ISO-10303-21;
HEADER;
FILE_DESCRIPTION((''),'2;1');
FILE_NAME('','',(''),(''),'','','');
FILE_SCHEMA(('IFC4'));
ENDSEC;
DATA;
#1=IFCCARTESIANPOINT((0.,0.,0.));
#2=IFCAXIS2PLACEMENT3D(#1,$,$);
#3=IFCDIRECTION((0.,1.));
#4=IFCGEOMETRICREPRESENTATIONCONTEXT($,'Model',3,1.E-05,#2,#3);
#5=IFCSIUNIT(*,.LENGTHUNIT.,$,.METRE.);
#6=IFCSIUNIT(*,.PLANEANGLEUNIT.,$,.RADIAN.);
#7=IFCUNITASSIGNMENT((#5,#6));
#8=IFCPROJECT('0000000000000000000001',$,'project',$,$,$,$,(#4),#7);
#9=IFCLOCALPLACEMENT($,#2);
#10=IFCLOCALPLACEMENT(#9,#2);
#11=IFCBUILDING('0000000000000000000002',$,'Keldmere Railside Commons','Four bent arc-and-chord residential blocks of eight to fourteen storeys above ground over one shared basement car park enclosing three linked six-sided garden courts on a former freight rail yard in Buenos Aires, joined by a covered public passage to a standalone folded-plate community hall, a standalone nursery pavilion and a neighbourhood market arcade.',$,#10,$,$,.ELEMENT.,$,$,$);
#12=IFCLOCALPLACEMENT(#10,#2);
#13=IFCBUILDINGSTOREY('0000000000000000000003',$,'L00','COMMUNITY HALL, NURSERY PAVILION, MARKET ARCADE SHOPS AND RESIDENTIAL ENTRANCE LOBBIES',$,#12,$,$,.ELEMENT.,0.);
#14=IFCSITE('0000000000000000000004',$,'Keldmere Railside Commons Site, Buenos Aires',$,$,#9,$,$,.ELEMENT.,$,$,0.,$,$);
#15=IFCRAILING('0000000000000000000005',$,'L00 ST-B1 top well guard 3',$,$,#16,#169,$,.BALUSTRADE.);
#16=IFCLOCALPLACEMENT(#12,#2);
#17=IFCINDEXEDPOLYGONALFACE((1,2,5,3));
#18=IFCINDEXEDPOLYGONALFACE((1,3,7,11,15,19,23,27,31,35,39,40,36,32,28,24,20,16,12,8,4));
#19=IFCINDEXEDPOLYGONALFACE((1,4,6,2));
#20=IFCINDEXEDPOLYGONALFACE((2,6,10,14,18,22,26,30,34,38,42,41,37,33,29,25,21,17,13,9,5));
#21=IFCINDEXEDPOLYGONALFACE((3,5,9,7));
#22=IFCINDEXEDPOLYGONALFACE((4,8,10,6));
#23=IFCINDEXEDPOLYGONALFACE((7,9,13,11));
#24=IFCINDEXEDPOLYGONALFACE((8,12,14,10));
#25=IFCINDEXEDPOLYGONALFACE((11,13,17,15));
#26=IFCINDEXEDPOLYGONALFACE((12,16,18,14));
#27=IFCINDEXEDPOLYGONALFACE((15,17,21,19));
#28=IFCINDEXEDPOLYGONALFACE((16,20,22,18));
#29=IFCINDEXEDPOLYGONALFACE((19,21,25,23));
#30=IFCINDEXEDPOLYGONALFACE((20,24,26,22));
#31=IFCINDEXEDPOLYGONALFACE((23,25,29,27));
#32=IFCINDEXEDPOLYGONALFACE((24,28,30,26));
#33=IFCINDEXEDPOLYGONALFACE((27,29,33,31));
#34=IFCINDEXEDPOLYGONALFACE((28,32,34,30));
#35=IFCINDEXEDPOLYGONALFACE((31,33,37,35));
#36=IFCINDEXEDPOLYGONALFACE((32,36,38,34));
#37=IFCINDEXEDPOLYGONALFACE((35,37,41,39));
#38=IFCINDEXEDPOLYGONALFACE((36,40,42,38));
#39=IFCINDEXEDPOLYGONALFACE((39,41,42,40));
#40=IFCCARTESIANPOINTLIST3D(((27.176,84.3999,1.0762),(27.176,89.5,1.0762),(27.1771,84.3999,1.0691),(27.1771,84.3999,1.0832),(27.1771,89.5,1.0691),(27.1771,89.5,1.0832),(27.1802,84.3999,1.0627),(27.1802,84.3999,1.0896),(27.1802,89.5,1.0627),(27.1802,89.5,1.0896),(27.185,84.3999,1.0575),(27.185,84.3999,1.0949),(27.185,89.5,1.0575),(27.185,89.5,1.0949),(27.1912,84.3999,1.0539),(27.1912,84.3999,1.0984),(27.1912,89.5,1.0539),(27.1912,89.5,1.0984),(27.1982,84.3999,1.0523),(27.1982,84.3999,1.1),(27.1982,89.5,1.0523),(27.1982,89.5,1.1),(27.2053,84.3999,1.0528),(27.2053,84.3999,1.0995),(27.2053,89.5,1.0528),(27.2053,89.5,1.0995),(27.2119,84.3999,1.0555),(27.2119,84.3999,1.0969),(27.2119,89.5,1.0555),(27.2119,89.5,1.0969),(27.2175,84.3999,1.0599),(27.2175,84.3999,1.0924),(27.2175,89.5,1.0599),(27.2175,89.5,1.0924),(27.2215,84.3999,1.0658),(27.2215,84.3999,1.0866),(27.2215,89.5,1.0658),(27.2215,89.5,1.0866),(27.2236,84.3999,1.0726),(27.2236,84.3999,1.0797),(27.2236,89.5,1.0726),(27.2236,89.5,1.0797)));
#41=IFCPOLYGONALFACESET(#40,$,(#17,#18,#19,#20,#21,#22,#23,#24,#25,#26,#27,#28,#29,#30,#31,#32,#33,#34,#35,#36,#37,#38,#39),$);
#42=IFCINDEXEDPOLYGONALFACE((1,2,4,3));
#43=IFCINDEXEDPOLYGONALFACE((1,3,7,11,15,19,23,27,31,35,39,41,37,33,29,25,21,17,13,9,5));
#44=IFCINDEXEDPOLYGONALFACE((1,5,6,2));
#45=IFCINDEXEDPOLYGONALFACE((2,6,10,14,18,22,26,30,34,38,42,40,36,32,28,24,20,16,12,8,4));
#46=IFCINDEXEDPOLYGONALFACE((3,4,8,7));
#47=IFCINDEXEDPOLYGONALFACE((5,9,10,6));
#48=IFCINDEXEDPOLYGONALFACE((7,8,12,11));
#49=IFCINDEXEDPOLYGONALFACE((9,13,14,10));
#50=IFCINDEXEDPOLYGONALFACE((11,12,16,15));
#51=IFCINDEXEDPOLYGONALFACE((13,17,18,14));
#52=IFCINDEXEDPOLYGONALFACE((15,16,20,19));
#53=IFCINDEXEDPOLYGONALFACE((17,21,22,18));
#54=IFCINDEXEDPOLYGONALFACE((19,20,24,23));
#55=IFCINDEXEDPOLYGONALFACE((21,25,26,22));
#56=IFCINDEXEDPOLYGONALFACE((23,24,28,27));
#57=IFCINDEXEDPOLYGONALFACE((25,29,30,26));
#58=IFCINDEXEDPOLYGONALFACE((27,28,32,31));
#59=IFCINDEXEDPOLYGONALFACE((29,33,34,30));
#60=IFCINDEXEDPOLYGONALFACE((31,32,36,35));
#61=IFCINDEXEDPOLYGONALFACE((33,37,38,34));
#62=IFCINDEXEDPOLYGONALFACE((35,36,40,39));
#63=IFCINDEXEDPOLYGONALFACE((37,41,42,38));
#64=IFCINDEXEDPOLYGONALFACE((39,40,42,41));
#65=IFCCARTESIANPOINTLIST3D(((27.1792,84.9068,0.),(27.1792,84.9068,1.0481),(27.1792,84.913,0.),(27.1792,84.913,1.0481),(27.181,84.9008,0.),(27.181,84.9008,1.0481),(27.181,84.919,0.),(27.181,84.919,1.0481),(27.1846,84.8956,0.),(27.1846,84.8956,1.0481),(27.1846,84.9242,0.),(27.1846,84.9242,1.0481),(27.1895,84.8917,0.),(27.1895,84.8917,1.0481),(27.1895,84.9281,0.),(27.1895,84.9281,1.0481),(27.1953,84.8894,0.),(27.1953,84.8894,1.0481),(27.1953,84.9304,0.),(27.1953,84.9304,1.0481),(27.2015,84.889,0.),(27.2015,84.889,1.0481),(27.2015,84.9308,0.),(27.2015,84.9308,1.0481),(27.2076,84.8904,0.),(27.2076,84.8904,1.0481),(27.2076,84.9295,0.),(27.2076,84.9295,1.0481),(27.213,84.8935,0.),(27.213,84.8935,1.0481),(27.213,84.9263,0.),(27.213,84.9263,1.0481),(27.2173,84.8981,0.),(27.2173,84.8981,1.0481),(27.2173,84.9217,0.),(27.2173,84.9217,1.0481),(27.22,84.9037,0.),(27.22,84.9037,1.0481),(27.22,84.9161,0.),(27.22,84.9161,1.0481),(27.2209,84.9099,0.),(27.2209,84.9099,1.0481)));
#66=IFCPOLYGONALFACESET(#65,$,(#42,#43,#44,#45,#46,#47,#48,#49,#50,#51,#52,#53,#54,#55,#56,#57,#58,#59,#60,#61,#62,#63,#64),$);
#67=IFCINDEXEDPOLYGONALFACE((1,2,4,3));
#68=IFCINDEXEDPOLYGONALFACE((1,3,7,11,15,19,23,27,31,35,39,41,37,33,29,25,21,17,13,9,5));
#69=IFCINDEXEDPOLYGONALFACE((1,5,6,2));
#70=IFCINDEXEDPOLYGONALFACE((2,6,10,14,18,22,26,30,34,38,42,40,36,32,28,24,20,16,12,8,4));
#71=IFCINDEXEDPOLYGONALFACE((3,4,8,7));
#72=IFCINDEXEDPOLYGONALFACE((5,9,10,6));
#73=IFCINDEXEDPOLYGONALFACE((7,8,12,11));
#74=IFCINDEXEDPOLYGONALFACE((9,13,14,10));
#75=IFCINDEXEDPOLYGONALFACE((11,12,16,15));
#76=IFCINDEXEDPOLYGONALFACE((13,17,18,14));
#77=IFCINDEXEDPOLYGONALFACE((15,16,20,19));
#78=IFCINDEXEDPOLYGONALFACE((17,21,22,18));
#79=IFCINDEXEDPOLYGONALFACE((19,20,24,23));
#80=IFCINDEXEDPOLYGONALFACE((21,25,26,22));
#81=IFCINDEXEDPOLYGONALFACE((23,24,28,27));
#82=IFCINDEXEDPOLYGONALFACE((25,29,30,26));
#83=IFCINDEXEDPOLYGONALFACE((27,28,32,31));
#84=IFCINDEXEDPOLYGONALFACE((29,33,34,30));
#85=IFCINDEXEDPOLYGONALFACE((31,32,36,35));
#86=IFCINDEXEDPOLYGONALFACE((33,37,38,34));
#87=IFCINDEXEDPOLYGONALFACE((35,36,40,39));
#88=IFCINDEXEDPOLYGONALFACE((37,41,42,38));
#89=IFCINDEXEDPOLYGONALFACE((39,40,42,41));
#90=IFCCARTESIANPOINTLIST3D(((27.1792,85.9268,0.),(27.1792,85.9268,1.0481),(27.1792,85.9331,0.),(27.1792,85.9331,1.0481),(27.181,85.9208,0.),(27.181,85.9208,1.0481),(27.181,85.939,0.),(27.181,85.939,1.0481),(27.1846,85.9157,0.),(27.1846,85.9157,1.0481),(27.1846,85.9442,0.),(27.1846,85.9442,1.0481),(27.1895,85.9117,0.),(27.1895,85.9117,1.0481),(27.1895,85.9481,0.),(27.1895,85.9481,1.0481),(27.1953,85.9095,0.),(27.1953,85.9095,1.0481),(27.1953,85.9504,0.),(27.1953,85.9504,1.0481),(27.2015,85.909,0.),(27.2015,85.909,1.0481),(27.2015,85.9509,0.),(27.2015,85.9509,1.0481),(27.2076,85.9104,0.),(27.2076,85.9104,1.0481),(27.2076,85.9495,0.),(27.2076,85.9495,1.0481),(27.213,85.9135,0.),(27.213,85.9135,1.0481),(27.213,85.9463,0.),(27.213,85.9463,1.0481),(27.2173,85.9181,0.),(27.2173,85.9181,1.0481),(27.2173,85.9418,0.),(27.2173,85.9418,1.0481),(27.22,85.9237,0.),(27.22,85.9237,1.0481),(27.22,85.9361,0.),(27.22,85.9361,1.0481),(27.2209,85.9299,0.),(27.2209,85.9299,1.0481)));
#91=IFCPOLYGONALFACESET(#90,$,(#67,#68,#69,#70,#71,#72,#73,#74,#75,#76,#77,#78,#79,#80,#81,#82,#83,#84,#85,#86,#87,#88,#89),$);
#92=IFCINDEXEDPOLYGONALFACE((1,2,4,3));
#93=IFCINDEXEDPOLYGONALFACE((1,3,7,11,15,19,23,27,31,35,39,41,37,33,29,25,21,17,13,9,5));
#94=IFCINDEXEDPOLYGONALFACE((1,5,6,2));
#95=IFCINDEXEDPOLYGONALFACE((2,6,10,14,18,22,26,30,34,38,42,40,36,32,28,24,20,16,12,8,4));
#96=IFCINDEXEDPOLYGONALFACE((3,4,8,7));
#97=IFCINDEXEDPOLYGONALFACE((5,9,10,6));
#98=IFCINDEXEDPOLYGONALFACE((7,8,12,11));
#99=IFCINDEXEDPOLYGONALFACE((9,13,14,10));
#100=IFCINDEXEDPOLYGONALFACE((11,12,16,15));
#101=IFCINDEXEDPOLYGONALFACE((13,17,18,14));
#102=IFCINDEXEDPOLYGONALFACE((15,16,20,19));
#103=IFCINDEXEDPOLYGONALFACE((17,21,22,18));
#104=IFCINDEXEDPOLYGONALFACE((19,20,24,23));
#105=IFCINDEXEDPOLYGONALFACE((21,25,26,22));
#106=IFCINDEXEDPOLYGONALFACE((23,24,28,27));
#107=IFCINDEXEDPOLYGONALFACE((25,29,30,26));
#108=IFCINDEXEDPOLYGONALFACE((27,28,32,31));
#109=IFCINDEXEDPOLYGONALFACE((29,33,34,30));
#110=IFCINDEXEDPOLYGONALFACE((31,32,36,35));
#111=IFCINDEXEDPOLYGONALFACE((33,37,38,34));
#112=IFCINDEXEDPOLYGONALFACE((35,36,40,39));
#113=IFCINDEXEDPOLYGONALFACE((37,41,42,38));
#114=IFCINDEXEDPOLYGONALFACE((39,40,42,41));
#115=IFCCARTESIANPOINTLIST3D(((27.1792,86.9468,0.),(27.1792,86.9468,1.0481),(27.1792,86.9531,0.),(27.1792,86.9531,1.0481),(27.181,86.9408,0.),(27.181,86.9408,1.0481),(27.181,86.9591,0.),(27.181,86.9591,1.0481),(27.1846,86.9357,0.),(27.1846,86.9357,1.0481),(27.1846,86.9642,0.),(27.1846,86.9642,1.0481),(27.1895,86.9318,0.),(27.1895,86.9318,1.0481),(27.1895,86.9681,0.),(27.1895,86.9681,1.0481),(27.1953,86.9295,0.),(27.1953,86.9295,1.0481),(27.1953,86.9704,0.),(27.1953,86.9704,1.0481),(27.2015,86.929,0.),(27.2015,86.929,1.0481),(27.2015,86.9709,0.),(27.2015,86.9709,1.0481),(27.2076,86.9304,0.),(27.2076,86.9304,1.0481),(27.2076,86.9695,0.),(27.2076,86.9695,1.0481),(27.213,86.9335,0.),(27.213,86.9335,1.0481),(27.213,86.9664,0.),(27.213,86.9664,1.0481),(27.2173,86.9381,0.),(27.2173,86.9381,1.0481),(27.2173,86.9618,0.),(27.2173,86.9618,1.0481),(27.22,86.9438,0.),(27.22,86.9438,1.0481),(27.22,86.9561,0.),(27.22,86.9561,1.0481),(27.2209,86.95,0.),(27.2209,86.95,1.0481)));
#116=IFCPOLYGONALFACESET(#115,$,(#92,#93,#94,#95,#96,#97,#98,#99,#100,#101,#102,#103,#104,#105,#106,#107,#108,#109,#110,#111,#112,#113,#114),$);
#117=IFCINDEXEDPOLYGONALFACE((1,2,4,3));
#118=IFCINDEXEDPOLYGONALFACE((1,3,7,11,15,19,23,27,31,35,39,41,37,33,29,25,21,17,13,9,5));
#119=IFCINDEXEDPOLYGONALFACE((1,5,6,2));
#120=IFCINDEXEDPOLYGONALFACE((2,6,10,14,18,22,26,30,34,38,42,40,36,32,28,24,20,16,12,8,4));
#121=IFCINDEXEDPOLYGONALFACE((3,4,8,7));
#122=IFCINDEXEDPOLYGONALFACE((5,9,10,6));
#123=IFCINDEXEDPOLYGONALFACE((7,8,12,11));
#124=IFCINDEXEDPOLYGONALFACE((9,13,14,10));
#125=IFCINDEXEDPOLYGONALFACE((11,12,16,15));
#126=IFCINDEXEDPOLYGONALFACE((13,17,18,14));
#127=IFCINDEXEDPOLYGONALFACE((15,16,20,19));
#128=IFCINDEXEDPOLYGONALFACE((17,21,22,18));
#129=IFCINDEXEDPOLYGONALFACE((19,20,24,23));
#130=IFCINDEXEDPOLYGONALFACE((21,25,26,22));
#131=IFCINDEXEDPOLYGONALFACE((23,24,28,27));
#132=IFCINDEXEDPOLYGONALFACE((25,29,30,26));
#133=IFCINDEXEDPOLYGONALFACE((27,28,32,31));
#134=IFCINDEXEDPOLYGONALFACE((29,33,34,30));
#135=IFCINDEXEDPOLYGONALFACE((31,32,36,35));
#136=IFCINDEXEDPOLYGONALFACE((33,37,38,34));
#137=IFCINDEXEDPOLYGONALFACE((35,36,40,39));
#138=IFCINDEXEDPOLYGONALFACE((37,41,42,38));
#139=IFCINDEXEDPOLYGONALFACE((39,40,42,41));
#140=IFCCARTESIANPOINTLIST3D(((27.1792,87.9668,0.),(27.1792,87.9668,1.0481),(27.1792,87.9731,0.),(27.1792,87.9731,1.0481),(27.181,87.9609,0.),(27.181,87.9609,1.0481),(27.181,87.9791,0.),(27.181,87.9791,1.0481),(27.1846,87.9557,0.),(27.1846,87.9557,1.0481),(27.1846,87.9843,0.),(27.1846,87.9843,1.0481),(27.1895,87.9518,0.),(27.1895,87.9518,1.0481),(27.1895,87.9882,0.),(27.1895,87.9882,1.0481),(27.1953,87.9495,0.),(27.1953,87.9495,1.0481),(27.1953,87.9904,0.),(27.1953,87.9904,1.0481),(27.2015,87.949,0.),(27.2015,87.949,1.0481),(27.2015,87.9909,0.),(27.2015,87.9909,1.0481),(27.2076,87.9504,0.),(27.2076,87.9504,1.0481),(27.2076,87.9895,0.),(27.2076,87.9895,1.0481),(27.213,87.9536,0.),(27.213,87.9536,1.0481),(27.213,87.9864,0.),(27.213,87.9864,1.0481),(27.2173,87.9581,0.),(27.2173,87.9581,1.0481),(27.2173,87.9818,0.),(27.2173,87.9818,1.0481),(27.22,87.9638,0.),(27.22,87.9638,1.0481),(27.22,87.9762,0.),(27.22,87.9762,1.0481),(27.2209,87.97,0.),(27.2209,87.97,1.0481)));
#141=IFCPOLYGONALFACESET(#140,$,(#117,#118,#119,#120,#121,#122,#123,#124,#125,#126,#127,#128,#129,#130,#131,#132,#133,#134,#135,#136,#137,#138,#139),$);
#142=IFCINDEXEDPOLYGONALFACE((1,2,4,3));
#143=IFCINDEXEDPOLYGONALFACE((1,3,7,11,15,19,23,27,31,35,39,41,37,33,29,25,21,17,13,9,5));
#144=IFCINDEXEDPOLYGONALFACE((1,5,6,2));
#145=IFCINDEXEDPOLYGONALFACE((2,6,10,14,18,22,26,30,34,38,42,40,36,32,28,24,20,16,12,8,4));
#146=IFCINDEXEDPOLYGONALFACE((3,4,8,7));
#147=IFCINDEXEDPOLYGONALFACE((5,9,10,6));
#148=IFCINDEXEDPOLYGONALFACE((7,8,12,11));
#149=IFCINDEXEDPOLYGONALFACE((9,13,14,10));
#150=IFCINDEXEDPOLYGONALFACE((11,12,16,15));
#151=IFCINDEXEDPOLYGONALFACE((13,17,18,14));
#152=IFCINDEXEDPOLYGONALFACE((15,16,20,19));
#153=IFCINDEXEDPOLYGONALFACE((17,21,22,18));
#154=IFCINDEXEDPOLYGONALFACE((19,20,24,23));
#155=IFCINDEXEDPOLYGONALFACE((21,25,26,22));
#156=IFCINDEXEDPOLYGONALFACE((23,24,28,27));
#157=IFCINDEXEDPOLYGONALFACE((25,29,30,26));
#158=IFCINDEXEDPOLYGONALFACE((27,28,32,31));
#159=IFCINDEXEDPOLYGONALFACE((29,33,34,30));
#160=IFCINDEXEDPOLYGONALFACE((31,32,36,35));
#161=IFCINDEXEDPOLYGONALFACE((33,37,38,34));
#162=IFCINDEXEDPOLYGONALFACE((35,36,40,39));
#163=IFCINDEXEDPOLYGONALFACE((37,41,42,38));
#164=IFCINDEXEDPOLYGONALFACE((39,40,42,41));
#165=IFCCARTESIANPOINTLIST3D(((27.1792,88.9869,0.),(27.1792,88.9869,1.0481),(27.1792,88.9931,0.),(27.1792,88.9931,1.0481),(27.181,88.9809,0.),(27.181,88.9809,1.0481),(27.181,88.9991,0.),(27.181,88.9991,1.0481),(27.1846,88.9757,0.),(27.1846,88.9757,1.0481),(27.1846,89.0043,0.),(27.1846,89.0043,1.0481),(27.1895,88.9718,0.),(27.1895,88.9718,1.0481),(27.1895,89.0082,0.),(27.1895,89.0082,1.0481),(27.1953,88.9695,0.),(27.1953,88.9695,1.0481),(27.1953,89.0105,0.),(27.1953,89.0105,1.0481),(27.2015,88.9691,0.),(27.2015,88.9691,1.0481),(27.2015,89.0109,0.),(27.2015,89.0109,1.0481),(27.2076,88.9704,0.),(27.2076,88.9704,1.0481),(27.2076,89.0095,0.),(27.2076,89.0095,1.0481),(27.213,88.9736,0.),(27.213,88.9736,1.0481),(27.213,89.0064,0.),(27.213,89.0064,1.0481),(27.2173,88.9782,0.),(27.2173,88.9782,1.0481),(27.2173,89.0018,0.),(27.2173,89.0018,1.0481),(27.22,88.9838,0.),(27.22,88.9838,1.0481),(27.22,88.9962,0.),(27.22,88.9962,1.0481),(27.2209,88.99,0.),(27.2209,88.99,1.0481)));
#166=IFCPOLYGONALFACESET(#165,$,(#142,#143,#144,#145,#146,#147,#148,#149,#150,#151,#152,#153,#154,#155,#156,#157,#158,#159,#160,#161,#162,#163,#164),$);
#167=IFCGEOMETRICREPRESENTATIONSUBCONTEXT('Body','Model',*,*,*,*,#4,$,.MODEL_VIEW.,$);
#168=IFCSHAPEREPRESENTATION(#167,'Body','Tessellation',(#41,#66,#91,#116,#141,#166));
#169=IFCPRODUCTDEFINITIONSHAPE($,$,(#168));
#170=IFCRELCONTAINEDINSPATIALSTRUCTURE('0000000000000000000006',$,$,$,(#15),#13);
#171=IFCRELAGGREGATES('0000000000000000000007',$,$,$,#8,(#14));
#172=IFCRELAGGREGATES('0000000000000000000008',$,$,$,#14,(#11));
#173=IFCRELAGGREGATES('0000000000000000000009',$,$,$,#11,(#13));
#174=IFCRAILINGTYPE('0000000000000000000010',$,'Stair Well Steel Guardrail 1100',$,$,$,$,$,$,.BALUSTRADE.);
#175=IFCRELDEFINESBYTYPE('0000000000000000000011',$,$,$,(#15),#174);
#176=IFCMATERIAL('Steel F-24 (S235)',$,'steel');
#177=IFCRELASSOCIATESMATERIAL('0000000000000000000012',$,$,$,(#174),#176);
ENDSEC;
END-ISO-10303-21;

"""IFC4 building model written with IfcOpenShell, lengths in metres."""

from ifc_helpers import new_model, si_unit, direction, frame, origin, origin_2d, place, context, subcontext, project, spatial, circle, extrude, material, type_object, element, save


model = new_model("IFC4")

# Units and contexts
model_context = context("Model", 3, precision=1e-05, world=origin(), true_north=direction((0.0, 1.0)))
body_context = subcontext(model_context, "Body", "Model", "MODEL_VIEW")
ifc_project = project(units=[si_unit("LENGTHUNIT", "METRE"), si_unit("PLANEANGLEUNIT", "RADIAN")], contexts=[model_context])

# Site, building, storey
site_placement = place(None, origin())
site = spatial("IfcSite", under=ifc_project, at=site_placement, Name="Keldmere Railside Commons Site, Buenos Aires", CompositionType="ELEMENT", RefElevation=0.0)
building_placement = place(site_placement, origin())
building = spatial("IfcBuilding", under=site, at=building_placement, Name="Keldmere Railside Commons", Description="Four bent arc-and-chord residential blocks of eight to fourteen storeys above ground over one shared basement car park enclosing three linked six-sided garden courts on a former freight rail yard in Buenos Aires, joined by a covered public passage to a standalone folded-plate community hall, a standalone nursery pavilion and a neighbourhood market arcade.", CompositionType="ELEMENT")
storey_placement = place(building_placement, origin())
storey = spatial("IfcBuildingStorey", under=building, at=storey_placement, Name="L00", Description="COMMUNITY HALL, NURSERY PAVILION, MARKET ARCADE SHOPS AND RESIDENTIAL ENTRANCE LOBBIES", CompositionType="ELEMENT", Elevation=0.0)

# Railing
ifc_material_1 = material(Name="Steel F-24 (S235)", Category="steel")
railing_type = type_object("IfcRailingType", Name="Stair Well Steel Guardrail 1100", PredefinedType="BALUSTRADE", material=ifc_material_1)
railing_1_placement = place(storey_placement, frame((27.2, 84.3999, 0.0)))
element("IfcRailing", 1, at=railing_1_placement, inside=storey, type_object=railing_type, Name="L00 ST-B1 top well guard 3", PredefinedType="BALUSTRADE", context=body_context, shape_type="SweptSolid", body=[
    extrude(circle(Radius=0.0239, at=origin_2d()), frame((0.0, 0.0, 1.0762), z_axis=(0.0, 1.0, 0.0), x_axis=(-1.0, 0.0, 0.0)), (0.0, 0.0, 1.0), 5.1001),
    extrude(circle(Radius=0.021, at=origin_2d()), frame((0.0, 0.51, 0.0)), (0.0, 0.0, 1.0), 1.0481),
    extrude(circle(Radius=0.021, at=origin_2d()), frame((0.0, 1.53, 0.0)), (0.0, 0.0, 1.0), 1.0481),
    extrude(circle(Radius=0.021, at=origin_2d()), frame((0.0, 2.55, 0.0)), (0.0, 0.0, 1.0), 1.0481),
    extrude(circle(Radius=0.021, at=origin_2d()), frame((0.0, 3.5701, 0.0)), (0.0, 0.0, 1.0), 1.0481),
    extrude(circle(Radius=0.021, at=origin_2d()), frame((0.0, 4.5901, 0.0)), (0.0, 0.0, 1.0), 1.0481),
])

save(model, "model.ifc")
